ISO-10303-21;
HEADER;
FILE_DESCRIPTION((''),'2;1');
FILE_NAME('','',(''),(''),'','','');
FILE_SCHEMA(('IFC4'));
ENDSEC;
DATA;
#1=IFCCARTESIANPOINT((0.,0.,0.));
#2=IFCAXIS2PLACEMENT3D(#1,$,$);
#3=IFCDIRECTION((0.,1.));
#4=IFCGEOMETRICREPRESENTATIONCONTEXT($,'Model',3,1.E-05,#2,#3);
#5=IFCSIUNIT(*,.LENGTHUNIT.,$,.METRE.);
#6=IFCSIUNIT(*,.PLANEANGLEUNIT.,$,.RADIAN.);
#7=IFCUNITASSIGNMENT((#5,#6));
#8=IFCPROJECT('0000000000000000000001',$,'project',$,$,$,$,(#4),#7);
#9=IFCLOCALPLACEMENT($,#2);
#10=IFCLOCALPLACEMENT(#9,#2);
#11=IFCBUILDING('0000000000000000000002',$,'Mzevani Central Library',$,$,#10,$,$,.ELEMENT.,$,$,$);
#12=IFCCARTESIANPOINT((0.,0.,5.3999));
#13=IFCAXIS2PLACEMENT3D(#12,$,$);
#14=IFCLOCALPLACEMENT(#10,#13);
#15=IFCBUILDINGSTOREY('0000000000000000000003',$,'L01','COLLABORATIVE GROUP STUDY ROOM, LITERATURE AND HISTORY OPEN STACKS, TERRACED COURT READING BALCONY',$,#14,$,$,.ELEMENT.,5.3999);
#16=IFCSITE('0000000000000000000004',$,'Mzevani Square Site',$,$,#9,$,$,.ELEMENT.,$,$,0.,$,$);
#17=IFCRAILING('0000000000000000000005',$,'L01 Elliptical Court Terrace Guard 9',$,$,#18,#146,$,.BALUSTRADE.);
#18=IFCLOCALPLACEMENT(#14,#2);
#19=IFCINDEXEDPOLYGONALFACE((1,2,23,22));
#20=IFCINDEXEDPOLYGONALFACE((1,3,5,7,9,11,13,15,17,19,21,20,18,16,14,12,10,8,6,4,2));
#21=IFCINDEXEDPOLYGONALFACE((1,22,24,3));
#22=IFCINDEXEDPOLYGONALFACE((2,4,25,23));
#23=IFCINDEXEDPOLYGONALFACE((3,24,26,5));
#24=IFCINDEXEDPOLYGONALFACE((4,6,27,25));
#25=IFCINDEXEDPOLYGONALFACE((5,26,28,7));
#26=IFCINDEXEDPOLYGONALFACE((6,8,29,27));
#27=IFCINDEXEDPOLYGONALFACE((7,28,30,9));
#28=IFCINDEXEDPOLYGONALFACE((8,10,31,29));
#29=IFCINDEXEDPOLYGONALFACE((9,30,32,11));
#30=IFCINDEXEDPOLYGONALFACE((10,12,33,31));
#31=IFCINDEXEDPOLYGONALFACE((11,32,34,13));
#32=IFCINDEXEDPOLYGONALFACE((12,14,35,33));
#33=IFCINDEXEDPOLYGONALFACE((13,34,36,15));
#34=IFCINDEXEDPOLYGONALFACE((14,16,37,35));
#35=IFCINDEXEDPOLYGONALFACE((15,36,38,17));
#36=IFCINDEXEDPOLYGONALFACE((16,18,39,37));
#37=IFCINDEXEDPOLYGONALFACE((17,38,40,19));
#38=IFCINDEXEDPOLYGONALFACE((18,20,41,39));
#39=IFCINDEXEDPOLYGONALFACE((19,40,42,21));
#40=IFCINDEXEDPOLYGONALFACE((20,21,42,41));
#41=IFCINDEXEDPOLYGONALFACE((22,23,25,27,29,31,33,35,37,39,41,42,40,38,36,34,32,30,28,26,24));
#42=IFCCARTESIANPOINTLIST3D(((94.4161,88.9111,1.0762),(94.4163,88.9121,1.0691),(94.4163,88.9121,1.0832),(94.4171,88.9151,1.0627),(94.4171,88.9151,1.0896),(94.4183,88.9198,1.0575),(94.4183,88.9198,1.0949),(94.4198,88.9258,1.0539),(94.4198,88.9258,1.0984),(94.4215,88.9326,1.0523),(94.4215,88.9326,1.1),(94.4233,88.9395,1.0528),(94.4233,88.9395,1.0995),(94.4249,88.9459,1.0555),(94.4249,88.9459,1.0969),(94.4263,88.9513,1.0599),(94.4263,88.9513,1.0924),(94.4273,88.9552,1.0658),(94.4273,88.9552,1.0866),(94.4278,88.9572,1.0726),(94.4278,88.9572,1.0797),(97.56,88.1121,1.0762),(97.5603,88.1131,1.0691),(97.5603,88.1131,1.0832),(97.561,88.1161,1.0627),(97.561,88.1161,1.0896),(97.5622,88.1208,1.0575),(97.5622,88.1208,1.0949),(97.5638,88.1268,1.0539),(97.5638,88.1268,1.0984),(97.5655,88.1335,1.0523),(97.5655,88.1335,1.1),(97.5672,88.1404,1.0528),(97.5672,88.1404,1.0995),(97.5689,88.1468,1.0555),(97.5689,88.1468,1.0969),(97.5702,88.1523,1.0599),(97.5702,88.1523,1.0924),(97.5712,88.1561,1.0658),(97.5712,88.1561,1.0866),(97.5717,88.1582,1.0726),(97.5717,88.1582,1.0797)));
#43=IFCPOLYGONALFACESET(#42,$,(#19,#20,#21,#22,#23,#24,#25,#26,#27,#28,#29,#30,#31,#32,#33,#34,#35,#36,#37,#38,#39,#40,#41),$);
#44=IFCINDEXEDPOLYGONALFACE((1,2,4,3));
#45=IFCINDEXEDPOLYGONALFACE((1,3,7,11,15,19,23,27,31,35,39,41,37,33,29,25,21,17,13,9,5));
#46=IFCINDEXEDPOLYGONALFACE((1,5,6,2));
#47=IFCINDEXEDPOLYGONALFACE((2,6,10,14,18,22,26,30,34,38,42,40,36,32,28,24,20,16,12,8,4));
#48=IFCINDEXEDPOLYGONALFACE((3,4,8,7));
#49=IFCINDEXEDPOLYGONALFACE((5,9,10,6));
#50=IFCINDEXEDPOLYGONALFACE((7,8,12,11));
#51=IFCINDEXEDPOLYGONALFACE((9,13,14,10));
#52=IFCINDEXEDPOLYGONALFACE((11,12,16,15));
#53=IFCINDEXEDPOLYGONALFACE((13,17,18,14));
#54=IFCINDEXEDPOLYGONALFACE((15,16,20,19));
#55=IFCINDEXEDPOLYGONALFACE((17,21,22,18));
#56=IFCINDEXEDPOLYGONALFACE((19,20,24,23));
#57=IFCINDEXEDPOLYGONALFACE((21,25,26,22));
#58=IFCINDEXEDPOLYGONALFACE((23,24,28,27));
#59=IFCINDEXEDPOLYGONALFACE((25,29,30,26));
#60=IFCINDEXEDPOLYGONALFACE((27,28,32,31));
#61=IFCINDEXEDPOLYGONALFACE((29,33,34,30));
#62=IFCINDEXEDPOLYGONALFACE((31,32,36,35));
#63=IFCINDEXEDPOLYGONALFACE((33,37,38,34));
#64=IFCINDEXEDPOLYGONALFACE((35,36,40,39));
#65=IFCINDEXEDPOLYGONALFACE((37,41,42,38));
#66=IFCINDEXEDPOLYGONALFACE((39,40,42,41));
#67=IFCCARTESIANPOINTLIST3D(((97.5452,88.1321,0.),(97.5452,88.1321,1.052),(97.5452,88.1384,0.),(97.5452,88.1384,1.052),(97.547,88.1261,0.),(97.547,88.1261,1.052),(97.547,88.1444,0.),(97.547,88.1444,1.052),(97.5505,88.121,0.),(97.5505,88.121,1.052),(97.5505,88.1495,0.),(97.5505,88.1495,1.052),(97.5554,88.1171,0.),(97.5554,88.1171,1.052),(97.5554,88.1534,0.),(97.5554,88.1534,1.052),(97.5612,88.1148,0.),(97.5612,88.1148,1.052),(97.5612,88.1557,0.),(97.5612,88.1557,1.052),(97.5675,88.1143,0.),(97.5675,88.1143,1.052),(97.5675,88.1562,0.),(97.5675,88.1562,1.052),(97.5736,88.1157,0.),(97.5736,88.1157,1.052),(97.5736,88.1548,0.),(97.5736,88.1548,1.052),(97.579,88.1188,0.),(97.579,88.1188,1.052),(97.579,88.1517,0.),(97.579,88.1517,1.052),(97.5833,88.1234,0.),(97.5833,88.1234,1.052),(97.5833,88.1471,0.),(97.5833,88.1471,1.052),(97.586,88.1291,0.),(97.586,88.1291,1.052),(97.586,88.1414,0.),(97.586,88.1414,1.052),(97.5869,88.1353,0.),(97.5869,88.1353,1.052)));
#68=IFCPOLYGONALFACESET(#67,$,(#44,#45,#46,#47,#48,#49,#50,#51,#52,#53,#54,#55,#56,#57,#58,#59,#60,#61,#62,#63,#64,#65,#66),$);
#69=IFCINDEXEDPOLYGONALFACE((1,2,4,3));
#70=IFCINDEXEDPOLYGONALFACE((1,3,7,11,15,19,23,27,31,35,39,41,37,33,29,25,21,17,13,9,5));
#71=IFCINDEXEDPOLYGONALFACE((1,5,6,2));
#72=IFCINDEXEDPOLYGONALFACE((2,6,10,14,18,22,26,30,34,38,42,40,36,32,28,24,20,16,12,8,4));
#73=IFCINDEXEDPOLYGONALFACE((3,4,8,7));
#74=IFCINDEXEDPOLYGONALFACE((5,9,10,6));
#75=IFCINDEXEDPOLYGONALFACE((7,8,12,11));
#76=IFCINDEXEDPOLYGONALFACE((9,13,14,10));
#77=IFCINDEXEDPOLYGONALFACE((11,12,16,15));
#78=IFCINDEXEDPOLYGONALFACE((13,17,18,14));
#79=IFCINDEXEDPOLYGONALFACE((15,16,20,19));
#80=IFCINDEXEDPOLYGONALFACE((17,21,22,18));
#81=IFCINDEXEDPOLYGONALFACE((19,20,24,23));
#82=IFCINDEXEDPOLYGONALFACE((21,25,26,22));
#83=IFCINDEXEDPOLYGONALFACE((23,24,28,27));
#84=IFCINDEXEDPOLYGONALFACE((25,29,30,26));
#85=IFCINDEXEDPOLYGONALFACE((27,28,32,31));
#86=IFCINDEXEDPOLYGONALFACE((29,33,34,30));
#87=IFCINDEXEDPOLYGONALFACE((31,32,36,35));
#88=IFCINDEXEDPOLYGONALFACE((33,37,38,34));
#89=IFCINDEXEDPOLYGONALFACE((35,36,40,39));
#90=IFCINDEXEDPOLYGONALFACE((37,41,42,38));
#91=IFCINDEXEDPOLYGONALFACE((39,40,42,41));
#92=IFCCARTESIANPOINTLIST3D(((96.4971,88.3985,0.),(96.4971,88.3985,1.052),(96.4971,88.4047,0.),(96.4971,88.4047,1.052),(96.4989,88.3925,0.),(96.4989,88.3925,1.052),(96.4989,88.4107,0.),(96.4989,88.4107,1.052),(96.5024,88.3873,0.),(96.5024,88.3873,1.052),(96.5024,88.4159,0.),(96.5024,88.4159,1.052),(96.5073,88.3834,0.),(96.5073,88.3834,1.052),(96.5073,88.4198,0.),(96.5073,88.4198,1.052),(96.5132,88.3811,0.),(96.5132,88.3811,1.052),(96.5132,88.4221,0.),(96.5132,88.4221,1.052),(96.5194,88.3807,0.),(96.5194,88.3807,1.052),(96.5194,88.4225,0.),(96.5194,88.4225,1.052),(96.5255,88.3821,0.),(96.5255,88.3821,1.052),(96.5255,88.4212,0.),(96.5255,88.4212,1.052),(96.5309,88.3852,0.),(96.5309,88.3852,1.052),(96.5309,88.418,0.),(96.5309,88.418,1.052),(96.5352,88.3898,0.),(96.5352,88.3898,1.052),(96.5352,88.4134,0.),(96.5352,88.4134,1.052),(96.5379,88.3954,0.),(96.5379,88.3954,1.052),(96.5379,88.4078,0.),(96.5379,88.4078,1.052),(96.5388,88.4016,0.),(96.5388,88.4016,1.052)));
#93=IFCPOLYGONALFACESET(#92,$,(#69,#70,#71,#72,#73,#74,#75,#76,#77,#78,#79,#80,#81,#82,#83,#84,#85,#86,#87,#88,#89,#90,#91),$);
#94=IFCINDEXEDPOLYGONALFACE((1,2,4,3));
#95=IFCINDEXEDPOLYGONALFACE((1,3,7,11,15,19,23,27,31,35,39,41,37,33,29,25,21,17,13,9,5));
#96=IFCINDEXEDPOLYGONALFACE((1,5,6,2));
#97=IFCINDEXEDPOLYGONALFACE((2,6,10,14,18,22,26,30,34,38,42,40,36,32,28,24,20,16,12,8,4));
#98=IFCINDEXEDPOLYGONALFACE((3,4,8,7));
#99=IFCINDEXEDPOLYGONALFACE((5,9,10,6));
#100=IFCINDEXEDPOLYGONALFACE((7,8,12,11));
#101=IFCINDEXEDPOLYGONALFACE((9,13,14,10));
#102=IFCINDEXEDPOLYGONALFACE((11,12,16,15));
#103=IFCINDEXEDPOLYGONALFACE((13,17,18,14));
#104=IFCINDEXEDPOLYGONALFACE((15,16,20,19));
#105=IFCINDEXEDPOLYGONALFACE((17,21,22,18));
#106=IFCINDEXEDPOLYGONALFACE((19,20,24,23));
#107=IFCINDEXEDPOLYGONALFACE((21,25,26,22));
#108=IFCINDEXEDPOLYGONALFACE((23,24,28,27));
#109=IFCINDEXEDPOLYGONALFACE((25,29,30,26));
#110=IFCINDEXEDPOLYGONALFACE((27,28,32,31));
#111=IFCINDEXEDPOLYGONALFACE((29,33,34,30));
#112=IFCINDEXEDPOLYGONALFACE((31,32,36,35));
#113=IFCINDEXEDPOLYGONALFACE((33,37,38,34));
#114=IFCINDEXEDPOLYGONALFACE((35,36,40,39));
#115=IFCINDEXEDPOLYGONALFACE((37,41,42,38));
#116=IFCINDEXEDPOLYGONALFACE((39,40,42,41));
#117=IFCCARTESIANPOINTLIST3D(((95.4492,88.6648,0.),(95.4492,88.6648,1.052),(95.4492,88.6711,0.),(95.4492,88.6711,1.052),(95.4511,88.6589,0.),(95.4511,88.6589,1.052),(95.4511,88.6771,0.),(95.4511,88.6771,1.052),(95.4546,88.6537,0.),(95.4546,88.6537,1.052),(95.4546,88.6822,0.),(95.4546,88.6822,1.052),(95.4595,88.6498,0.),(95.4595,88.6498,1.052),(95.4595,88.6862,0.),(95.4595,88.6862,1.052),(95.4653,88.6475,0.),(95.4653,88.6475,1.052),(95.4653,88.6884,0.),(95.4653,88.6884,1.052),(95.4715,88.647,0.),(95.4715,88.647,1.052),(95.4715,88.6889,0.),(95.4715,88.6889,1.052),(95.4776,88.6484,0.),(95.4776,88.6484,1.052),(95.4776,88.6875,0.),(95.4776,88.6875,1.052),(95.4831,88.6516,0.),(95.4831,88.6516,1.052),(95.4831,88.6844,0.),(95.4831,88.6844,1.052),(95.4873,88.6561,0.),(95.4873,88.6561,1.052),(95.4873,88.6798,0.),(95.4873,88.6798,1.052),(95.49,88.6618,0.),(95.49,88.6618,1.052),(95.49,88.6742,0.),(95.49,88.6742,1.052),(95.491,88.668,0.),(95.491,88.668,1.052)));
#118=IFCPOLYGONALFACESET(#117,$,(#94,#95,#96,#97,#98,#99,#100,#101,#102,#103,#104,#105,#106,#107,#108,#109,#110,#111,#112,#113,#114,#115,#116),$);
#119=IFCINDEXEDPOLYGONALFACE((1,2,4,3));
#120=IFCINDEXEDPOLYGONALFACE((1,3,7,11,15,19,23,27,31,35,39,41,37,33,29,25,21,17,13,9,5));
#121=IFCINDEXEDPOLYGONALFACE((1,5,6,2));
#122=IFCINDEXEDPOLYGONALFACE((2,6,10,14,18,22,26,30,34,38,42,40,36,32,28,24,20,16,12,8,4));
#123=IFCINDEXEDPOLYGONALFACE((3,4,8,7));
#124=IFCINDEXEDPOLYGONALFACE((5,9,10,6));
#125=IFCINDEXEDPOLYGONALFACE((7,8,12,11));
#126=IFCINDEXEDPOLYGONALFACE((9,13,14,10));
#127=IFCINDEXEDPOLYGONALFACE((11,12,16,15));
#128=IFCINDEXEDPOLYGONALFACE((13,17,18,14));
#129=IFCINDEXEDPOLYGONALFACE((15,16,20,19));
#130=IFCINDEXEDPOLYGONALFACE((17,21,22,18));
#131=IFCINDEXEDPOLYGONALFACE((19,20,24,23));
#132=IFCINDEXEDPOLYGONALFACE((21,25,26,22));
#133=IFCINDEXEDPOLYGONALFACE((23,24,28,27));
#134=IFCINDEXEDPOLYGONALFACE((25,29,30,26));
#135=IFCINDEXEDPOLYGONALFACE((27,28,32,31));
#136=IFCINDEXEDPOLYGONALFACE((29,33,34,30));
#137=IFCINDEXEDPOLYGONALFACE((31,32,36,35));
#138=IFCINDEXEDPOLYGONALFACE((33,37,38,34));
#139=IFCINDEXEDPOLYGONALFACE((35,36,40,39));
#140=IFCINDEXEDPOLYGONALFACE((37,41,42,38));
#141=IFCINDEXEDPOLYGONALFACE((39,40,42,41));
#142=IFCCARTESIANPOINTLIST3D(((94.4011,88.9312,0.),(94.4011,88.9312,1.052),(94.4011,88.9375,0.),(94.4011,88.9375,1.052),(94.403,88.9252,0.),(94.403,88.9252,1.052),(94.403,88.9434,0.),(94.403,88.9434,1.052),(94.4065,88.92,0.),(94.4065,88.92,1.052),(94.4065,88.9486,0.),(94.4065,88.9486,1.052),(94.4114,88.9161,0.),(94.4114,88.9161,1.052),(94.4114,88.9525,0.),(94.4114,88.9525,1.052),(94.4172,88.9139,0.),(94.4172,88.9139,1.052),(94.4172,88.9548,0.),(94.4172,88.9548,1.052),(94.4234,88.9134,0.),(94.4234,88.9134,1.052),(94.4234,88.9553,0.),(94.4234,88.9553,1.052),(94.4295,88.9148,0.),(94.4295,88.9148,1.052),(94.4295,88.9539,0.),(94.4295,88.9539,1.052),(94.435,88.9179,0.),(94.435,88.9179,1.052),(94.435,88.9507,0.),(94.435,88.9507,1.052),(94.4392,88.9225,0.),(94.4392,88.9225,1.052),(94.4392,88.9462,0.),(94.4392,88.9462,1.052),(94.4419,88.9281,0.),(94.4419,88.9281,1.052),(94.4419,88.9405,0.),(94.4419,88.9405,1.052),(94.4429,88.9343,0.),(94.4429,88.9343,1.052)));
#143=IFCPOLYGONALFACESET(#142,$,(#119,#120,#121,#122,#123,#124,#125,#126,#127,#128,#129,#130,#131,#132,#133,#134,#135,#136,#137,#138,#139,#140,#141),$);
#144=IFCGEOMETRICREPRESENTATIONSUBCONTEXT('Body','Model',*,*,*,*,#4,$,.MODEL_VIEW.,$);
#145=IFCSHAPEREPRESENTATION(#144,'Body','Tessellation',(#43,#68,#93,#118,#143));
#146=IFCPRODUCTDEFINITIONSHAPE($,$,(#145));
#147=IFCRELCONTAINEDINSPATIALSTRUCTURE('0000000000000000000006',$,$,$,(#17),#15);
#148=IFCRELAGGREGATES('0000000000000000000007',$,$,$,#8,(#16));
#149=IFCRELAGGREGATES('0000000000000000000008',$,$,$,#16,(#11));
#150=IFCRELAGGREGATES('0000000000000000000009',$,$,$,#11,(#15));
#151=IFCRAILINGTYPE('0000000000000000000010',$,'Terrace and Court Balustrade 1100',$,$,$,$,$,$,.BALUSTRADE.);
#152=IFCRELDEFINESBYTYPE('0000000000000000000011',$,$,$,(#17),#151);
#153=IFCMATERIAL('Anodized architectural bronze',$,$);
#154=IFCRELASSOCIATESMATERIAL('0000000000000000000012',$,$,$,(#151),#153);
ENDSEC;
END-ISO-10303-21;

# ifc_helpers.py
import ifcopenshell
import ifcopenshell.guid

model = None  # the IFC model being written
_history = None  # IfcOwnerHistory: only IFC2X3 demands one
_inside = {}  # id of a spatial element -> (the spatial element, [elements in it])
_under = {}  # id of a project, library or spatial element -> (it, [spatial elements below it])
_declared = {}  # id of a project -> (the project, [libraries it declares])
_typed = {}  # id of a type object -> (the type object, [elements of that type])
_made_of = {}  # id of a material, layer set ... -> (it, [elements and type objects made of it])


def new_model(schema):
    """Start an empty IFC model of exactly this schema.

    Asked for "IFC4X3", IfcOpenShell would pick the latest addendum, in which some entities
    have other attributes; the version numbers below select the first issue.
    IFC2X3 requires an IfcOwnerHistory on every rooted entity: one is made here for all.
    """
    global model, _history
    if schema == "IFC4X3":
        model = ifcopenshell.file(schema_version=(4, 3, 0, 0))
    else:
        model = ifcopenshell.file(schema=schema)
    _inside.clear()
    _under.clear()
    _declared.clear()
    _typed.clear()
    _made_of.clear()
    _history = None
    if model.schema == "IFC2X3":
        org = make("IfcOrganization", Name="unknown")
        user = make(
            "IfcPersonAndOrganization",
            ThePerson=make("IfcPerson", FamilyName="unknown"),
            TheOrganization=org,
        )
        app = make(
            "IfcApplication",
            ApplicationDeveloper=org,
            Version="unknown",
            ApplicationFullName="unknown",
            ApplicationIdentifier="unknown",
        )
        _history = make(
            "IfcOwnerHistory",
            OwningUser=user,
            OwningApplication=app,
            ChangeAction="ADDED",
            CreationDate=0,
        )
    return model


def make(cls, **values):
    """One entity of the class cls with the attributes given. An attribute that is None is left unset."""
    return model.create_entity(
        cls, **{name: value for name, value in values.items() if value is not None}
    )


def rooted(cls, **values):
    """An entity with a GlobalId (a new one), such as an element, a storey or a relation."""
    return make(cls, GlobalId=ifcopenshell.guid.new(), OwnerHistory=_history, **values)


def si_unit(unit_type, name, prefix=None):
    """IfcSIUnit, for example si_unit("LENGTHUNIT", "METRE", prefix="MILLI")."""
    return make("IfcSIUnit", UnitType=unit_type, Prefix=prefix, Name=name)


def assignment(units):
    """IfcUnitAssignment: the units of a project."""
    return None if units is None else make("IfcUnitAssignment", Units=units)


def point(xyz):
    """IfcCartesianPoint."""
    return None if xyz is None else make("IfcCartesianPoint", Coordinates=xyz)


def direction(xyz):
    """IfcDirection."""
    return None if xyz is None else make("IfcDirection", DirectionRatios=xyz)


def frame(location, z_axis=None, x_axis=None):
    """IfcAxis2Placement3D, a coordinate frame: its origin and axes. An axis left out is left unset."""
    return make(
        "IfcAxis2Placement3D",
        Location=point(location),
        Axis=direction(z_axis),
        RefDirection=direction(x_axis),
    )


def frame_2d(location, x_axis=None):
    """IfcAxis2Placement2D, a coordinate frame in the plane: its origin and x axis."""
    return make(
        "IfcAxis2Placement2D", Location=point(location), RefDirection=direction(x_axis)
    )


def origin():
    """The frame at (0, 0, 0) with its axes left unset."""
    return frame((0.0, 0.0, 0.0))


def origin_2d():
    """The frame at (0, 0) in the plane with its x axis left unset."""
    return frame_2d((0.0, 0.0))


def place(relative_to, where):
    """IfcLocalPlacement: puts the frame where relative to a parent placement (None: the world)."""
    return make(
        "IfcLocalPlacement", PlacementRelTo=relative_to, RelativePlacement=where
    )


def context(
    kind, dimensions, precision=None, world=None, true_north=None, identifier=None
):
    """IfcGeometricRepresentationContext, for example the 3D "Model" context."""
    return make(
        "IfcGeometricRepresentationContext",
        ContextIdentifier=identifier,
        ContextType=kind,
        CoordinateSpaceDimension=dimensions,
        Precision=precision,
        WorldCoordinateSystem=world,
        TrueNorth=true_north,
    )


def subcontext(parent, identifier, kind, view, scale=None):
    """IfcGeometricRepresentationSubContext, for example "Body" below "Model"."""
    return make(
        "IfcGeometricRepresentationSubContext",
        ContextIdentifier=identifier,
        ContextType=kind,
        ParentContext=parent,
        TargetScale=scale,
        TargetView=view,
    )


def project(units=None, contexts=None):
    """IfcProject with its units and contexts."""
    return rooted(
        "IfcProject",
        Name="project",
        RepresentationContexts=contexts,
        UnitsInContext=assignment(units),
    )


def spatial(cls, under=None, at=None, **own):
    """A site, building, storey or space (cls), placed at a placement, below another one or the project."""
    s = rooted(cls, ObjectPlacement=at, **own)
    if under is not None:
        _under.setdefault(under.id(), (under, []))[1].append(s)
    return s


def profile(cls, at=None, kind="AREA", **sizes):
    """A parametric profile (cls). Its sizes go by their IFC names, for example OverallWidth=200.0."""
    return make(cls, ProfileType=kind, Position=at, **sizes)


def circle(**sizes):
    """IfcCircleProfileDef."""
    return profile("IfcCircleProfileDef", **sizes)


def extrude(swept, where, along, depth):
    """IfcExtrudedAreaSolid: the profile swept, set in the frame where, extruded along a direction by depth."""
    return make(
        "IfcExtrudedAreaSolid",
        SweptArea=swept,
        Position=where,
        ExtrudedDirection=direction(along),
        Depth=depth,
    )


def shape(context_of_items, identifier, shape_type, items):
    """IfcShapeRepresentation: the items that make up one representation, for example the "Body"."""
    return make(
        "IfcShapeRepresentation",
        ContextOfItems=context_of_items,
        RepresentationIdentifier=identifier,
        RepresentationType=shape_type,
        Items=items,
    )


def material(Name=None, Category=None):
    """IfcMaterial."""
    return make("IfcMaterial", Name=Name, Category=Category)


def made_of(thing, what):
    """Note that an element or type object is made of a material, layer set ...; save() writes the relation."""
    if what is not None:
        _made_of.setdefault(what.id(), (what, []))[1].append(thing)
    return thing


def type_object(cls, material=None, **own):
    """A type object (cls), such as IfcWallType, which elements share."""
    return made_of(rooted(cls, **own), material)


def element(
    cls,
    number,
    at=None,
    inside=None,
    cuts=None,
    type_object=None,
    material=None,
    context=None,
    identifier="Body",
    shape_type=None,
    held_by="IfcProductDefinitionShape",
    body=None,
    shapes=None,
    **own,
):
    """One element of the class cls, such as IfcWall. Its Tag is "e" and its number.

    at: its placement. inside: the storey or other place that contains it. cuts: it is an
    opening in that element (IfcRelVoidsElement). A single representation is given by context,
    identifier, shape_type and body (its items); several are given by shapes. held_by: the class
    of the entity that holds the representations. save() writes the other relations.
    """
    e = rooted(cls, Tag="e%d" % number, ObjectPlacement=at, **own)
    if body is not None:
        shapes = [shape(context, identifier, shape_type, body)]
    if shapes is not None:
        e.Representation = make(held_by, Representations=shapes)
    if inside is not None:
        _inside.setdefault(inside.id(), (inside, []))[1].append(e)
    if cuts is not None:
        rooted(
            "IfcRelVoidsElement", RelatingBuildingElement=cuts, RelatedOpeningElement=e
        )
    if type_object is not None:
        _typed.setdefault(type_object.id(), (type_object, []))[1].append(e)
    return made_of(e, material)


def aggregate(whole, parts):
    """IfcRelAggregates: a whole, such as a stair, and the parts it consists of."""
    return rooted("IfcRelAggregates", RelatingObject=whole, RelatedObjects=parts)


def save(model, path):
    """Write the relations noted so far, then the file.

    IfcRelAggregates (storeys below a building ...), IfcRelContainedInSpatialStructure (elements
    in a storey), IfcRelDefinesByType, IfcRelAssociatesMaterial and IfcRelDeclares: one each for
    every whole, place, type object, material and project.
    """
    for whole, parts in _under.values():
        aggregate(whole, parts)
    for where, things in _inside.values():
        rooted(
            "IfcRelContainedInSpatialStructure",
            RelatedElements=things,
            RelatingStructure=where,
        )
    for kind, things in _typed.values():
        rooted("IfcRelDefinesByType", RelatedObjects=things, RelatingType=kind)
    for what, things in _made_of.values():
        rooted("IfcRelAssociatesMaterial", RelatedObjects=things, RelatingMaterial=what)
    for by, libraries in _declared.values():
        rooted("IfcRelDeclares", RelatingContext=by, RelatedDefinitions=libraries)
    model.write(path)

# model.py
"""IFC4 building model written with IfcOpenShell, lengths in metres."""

from ifc_helpers import new_model, si_unit, direction, frame, origin, origin_2d, place, context, subcontext, project, spatial, circle, extrude, material, type_object, element, save


model = new_model("IFC4")

# Units and contexts
model_context = context("Model", 3, precision=1e-05, world=origin(), true_north=direction((0.0, 1.0)))
body_context = subcontext(model_context, "Body", "Model", "MODEL_VIEW")
ifc_project = project(units=[si_unit("LENGTHUNIT", "METRE"), si_unit("PLANEANGLEUNIT", "RADIAN")], contexts=[model_context])

# Site, building, storey
site_placement = place(None, origin())
site = spatial("IfcSite", under=ifc_project, at=site_placement, Name="Mzevani Square Site", CompositionType="ELEMENT", RefElevation=0.0)
building_placement = place(site_placement, origin())
building = spatial("IfcBuilding", under=site, at=building_placement, Name="Mzevani Central Library", CompositionType="ELEMENT")
storey_placement = place(building_placement, frame((0.0, 0.0, 5.3999)))
storey = spatial("IfcBuildingStorey", under=building, at=storey_placement, Name="L01", Description="COLLABORATIVE GROUP STUDY ROOM, LITERATURE AND HISTORY OPEN STACKS, TERRACED COURT READING BALCONY", CompositionType="ELEMENT", Elevation=5.3999)

# Railing
ifc_material_1 = material(Name="Anodized architectural bronze")
railing_type = type_object("IfcRailingType", Name="Terrace and Court Balustrade 1100", PredefinedType="BALUSTRADE", material=ifc_material_1)
railing_1_placement = place(storey_placement, frame((97.5659, 88.1353, 0.0)))
element("IfcRailing", 1, at=railing_1_placement, inside=storey, type_object=railing_type, Name="L01 Elliptical Court Terrace Guard 9", PredefinedType="BALUSTRADE", context=body_context, shape_type="SweptSolid", body=[
    extrude(circle(Radius=0.0239, at=origin_2d()), frame((0.0, 0.0, 1.0762), z_axis=(-0.969188, 0.246323, 0.0), x_axis=(-0.246323, -0.969188, 0.0)), (0.0, 0.0, 1.0), 3.2439),
    extrude(circle(Radius=0.021, at=origin_2d()), origin(), (0.0, 0.0, 1.0), 1.052),
    extrude(circle(Radius=0.021, at=origin_2d()), frame((-1.0481, 0.2664, 0.0)), (0.0, 0.0, 1.0), 1.052),
    extrude(circle(Radius=0.021, at=origin_2d()), frame((-2.0959, 0.5327, 0.0)), (0.0, 0.0, 1.0), 1.052),
    extrude(circle(Radius=0.021, at=origin_2d()), frame((-3.144, 0.7991, 0.0)), (0.0, 0.0, 1.0), 1.052),
])

save(model, "model.ifc")
